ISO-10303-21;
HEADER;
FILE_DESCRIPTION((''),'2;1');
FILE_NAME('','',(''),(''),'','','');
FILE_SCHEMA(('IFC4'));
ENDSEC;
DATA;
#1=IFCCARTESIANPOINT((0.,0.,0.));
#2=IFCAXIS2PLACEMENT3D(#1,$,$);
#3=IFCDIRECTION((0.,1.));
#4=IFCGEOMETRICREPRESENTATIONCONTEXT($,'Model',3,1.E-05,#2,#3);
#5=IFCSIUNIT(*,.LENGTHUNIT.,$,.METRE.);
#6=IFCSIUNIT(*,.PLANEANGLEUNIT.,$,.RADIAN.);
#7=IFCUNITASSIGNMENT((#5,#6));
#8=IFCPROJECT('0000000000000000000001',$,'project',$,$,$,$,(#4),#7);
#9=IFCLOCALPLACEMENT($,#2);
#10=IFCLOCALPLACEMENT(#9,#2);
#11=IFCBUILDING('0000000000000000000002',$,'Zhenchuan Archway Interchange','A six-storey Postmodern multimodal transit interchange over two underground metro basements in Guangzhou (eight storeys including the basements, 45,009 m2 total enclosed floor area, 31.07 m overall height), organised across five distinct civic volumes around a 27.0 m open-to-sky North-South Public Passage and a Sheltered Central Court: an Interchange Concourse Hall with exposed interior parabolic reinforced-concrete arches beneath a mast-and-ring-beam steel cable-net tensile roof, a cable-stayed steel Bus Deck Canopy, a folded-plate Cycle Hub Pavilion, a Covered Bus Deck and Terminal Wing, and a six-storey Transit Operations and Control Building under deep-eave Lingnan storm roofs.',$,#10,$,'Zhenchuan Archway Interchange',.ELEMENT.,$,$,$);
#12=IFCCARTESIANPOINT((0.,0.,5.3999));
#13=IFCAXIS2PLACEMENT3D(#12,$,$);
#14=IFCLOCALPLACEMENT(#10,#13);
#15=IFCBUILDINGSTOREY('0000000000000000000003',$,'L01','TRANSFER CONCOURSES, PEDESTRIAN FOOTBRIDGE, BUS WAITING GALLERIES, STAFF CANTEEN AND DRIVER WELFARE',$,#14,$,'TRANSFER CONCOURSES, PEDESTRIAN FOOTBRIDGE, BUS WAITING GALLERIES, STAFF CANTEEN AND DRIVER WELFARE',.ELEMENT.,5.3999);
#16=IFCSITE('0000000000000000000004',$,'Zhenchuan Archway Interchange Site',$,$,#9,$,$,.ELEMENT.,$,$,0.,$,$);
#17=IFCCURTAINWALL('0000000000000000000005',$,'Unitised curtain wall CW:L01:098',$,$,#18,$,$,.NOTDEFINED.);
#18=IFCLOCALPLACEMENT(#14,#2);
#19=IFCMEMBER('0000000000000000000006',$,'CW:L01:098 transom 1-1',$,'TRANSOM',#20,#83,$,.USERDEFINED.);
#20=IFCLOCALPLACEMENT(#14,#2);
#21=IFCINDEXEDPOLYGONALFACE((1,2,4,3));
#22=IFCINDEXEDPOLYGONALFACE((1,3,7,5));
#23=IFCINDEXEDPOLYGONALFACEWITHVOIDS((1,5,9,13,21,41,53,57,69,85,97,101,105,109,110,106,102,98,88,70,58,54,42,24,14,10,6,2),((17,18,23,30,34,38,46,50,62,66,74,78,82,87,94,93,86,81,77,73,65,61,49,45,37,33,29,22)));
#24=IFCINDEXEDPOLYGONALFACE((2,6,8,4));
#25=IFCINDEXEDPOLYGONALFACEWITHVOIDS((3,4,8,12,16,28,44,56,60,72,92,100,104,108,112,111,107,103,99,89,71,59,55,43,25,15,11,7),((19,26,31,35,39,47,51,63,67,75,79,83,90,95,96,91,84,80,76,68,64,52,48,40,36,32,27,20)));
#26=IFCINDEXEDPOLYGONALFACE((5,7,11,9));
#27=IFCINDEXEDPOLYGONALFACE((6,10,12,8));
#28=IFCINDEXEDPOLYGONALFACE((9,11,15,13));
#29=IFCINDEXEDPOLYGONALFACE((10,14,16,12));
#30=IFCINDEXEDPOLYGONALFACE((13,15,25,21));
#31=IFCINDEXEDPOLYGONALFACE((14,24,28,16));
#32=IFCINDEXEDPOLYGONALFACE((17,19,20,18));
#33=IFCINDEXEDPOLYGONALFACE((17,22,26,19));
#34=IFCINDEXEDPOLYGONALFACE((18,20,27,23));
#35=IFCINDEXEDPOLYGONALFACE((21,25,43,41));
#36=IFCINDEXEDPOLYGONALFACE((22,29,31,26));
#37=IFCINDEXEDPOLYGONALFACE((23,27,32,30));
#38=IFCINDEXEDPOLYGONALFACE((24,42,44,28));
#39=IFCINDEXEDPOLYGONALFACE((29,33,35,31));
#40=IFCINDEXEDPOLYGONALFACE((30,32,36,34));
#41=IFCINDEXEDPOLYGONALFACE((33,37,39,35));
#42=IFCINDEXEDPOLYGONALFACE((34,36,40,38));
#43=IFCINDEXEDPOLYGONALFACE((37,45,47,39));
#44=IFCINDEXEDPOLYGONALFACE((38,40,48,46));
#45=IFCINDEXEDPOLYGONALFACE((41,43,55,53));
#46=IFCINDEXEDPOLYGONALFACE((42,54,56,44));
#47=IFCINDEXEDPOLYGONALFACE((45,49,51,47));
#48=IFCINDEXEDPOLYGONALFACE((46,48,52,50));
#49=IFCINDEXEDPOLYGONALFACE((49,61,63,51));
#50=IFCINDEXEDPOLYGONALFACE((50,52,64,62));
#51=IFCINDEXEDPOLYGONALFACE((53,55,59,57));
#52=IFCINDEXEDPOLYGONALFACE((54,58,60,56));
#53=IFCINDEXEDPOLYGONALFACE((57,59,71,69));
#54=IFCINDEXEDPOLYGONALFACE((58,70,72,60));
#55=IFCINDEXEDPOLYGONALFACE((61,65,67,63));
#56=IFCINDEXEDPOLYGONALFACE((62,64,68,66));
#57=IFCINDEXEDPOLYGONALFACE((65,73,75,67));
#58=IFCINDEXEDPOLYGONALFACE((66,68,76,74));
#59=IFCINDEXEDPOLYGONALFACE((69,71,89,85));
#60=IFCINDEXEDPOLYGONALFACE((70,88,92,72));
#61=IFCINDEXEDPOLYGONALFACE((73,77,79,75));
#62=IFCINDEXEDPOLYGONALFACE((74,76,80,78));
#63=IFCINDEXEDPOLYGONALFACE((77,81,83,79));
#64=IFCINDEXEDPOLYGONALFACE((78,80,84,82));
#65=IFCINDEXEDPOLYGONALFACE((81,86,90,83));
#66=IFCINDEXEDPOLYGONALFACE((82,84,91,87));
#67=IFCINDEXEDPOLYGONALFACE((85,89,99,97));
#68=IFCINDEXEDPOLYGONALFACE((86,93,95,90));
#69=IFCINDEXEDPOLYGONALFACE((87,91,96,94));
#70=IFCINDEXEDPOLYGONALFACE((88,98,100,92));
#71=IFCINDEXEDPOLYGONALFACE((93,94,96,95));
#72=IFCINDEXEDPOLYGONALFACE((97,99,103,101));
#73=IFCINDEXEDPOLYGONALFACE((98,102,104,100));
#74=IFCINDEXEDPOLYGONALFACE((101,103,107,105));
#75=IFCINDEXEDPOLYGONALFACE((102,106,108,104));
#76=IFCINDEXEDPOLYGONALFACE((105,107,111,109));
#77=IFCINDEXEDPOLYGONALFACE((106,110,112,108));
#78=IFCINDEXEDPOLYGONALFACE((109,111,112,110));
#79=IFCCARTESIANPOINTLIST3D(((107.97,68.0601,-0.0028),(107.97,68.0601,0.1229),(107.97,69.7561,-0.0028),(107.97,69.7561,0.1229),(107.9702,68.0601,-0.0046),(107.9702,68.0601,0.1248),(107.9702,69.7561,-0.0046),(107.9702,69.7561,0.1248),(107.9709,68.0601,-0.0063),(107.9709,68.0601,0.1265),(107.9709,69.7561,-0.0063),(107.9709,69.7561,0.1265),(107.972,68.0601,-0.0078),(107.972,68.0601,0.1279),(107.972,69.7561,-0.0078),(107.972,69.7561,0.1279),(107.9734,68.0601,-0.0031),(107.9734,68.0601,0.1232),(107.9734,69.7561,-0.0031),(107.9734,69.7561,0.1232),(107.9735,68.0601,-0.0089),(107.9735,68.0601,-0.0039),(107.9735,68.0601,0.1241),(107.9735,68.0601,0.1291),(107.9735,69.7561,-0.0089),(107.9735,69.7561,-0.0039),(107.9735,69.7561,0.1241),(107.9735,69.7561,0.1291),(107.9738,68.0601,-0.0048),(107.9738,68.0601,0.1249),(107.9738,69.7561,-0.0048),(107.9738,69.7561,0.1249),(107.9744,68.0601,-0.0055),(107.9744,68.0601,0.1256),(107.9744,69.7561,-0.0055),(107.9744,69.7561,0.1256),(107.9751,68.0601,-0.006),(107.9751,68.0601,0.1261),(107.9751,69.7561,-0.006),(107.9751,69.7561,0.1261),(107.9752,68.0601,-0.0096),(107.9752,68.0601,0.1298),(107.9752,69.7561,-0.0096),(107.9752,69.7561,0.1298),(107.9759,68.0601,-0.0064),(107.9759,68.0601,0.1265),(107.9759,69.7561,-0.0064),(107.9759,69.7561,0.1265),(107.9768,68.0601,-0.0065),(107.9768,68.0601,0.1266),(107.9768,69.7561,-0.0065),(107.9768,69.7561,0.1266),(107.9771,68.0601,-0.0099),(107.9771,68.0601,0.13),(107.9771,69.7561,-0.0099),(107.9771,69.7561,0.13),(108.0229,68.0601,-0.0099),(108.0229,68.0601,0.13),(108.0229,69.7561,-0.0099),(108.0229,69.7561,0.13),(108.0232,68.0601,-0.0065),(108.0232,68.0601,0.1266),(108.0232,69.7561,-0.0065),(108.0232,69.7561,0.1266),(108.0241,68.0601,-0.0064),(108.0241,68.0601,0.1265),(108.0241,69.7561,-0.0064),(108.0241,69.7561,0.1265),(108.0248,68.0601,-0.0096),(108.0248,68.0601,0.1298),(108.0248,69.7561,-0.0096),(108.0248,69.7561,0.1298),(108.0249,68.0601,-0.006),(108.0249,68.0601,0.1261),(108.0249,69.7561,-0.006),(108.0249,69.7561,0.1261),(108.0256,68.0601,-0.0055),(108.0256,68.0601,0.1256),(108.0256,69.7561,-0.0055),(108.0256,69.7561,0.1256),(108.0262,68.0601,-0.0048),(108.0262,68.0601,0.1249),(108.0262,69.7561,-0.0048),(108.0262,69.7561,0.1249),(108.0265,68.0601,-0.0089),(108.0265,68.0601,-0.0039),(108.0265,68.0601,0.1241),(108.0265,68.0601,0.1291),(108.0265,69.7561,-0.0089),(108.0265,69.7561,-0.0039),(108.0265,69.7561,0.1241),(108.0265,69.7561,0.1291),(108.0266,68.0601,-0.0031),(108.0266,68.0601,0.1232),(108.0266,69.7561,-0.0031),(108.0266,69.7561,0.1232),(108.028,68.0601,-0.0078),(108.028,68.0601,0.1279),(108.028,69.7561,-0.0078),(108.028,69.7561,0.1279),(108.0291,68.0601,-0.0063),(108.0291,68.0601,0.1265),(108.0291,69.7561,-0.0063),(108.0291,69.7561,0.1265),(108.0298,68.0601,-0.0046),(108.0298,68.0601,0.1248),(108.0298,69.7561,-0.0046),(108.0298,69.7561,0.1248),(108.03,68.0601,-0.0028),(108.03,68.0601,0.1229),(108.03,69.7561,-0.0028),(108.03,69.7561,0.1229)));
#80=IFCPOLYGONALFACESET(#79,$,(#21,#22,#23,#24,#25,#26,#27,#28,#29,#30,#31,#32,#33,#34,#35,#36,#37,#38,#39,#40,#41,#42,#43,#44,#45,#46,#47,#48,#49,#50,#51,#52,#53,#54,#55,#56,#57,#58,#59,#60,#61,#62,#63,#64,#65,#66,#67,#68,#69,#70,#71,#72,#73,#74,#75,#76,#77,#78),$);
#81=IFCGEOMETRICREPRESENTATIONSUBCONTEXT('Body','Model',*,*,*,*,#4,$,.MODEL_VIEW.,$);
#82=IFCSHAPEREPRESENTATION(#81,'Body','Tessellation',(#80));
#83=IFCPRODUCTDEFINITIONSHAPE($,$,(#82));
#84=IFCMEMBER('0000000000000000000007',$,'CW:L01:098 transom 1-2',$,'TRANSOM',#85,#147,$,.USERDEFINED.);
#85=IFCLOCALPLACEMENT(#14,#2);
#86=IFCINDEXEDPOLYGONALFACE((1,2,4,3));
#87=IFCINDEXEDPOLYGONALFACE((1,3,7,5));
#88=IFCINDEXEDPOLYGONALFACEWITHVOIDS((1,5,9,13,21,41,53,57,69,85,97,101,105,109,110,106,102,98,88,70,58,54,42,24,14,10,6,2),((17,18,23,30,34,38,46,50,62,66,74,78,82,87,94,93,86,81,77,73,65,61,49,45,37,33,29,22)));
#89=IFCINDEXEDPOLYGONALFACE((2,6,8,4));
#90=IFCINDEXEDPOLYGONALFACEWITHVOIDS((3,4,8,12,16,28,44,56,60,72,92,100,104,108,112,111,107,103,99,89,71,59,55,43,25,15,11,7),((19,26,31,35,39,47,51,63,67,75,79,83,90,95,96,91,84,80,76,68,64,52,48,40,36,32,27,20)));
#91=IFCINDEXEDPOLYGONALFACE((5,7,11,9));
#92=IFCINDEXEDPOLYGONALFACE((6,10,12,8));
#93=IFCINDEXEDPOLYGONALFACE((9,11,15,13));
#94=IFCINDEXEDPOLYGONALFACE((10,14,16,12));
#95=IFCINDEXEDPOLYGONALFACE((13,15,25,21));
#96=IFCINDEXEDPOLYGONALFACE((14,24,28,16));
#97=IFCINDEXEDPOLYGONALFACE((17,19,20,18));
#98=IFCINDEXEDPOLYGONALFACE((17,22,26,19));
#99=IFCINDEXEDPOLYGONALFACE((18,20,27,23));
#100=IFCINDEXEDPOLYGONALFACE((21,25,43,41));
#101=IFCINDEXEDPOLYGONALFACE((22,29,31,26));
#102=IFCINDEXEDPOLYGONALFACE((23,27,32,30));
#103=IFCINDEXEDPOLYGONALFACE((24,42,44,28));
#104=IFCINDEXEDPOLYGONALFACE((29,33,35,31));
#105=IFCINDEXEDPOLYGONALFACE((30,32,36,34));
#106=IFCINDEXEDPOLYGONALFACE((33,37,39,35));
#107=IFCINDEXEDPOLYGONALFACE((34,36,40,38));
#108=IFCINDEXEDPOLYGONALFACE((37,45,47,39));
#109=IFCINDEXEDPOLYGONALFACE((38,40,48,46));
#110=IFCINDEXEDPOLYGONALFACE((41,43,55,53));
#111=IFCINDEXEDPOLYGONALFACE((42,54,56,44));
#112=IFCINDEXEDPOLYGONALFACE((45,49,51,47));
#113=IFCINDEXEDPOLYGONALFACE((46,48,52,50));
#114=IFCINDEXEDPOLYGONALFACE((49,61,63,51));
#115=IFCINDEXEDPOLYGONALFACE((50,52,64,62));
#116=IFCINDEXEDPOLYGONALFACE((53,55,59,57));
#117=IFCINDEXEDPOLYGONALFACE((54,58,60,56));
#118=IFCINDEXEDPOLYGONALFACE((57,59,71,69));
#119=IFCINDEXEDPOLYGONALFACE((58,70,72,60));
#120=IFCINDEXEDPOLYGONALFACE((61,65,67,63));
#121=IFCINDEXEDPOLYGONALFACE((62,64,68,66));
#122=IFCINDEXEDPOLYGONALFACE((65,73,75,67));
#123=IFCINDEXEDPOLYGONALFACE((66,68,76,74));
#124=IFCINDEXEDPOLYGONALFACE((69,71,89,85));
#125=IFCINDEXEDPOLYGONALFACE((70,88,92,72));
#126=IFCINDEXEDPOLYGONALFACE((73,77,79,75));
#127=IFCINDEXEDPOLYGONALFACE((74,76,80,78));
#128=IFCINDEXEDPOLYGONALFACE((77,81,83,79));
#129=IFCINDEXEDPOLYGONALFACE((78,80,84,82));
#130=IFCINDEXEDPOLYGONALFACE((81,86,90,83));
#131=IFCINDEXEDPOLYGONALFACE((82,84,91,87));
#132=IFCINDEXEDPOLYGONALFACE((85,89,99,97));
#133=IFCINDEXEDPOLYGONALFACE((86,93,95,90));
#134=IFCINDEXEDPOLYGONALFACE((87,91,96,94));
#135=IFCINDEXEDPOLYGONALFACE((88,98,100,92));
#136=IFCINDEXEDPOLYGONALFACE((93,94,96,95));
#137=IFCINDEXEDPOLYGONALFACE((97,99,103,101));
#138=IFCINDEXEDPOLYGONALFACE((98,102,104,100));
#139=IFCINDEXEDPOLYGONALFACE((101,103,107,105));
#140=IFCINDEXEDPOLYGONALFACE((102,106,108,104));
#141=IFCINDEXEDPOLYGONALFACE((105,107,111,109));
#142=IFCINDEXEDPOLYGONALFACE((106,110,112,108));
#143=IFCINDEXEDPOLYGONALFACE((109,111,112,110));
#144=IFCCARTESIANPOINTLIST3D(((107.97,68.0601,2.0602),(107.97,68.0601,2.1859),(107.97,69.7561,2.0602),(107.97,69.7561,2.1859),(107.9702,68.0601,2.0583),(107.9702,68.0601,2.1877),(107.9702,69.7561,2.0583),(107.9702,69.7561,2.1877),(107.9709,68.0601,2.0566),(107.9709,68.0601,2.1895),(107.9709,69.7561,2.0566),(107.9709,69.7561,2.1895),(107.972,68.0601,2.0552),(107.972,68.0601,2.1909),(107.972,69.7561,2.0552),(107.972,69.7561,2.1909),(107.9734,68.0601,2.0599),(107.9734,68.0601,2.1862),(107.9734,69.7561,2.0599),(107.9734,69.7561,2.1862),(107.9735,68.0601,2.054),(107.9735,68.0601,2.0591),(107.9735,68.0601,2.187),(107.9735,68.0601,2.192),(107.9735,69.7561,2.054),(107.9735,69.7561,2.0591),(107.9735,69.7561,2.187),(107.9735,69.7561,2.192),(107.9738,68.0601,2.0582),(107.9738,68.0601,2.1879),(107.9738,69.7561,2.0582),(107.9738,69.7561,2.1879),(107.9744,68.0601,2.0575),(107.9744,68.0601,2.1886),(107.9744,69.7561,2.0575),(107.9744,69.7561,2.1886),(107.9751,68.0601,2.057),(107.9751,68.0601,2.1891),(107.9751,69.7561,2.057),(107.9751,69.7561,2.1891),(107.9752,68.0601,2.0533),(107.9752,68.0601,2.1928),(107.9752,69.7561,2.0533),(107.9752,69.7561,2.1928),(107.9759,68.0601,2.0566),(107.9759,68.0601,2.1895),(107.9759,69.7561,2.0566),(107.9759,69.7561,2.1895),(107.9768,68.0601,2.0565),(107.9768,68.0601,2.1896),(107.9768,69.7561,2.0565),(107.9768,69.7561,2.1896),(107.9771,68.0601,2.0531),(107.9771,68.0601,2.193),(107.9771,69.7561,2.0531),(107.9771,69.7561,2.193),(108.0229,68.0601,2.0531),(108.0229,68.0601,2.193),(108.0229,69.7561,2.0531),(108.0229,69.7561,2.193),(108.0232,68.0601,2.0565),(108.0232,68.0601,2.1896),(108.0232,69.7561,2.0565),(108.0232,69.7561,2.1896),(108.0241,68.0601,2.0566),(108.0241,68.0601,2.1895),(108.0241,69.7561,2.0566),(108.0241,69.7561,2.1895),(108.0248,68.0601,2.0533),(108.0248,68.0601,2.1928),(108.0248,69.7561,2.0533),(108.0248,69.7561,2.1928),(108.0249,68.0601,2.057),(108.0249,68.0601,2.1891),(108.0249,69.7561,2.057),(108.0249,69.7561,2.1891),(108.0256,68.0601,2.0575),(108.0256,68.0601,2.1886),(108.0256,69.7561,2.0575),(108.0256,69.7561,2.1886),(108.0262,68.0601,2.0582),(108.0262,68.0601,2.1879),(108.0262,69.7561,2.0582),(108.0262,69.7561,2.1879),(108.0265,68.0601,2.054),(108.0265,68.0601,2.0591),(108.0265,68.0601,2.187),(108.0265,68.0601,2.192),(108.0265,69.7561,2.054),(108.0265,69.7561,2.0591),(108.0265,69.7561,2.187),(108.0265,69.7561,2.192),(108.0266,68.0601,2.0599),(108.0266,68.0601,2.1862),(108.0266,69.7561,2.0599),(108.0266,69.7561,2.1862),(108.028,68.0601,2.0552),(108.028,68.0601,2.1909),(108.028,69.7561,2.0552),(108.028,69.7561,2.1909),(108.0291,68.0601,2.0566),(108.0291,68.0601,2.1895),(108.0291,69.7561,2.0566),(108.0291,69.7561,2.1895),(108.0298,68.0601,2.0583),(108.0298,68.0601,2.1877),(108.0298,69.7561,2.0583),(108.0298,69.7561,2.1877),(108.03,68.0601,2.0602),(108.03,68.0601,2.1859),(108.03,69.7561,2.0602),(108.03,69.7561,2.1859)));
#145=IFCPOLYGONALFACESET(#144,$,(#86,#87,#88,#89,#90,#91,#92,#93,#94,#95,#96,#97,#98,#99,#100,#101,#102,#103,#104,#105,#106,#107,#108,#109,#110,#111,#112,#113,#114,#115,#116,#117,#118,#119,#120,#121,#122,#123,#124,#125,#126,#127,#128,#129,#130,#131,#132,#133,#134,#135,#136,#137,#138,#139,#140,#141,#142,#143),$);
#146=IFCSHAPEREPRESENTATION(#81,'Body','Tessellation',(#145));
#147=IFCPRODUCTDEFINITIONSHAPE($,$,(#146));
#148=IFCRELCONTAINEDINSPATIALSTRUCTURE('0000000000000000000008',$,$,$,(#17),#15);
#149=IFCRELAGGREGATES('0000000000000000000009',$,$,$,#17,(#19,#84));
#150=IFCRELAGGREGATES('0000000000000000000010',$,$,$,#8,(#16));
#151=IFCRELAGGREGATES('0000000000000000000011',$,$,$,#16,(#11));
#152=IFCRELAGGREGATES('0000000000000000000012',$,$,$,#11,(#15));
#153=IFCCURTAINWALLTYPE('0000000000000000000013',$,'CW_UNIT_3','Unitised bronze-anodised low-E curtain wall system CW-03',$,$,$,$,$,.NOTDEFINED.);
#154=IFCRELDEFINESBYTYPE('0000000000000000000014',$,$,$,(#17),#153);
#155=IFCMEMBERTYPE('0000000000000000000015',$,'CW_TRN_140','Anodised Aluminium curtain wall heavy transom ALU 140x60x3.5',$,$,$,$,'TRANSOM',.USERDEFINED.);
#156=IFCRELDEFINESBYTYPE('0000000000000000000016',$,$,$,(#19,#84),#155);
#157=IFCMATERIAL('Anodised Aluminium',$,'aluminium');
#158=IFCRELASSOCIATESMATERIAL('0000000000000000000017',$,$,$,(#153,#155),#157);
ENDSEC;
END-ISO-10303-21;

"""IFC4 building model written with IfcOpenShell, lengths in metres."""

from ifc_helpers import new_model, si_unit, direction, frame, origin, origin_2d, place, context, subcontext, project, spatial, hollow_rectangle, extrude, material, material_profile, profile_set, type_object, element, aggregate, save


model = new_model("IFC4")

# Units and contexts
model_context = context("Model", 3, precision=1e-05, world=origin(), true_north=direction((0.0, 1.0)))
body_context = subcontext(model_context, "Body", "Model", "MODEL_VIEW")
ifc_project = project(units=[si_unit("LENGTHUNIT", "METRE"), si_unit("PLANEANGLEUNIT", "RADIAN")], contexts=[model_context])

# Site, building, storey
site_placement = place(None, origin())
site = spatial("IfcSite", under=ifc_project, at=site_placement, Name="Zhenchuan Archway Interchange Site", CompositionType="ELEMENT", RefElevation=0.0)
building_placement = place(site_placement, origin())
building = spatial("IfcBuilding", under=site, at=building_placement, Name="Zhenchuan Archway Interchange", Description="A six-storey Postmodern multimodal transit interchange over two underground metro basements in Guangzhou (eight storeys including the basements, 45,009 m2 total enclosed floor area, 31.07 m overall height), organised across five distinct civic volumes around a 27.0 m open-to-sky North-South Public Passage and a Sheltered Central Court: an Interchange Concourse Hall with exposed interior parabolic reinforced-concrete arches beneath a mast-and-ring-beam steel cable-net tensile roof, a cable-stayed steel Bus Deck Canopy, a folded-plate Cycle Hub Pavilion, a Covered Bus Deck and Terminal Wing, and a six-storey Transit Operations and Control Building under deep-eave Lingnan storm roofs.", LongName="Zhenchuan Archway Interchange", CompositionType="ELEMENT")
storey_placement = place(building_placement, frame((0.0, 0.0, 5.3999)))
storey = spatial("IfcBuildingStorey", under=building, at=storey_placement, Name="L01", Description="TRANSFER CONCOURSES, PEDESTRIAN FOOTBRIDGE, BUS WAITING GALLERIES, STAFF CANTEEN AND DRIVER WELFARE", LongName="TRANSFER CONCOURSES, PEDESTRIAN FOOTBRIDGE, BUS WAITING GALLERIES, STAFF CANTEEN AND DRIVER WELFARE", CompositionType="ELEMENT", Elevation=5.3999)

# Curtain wall, members
ifc_material_1 = material(Name="Anodised Aluminium", Category="aluminium")
curtain_wall_type = type_object("IfcCurtainWallType", Name="CW_UNIT_3", Description="Unitised bronze-anodised low-E curtain wall system CW-03", PredefinedType="NOTDEFINED", material=ifc_material_1)
curtain_wall_placement = place(storey_placement, origin())
curtain_wall = element("IfcCurtainWall", 1, at=curtain_wall_placement, inside=storey, type_object=curtain_wall_type, Name="Unitised curtain wall CW:L01:098", PredefinedType="NOTDEFINED")
ifc_material_profile_1 = material_profile(ifc_material_1, hollow_rectangle(XDim=0.0601, YDim=0.1399, WallThickness=0.0034, InnerFilletRadius=0.0034, OuterFilletRadius=0.0071, at=origin_2d()), Name="ALU 140x60x3.5")
ifc_profile_set_1 = profile_set([ifc_material_profile_1], Name="Anodised Aluminium")
member_type_1 = type_object("IfcMemberType", Name="CW_TRN_140", Description="Anodised Aluminium curtain wall heavy transom ALU 140x60x3.5", ElementType="TRANSOM", PredefinedType="USERDEFINED", material=ifc_profile_set_1)
member_1_placement = place(storey_placement, frame((108.0, 69.7561, 0.0601), z_axis=(0.0, -1.0, 0.0), x_axis=(1.0, 0.0, 0.0)))
member_1 = element("IfcMember", 2, at=member_1_placement, type_object=member_type_1, Name="CW:L01:098 transom 1-1", ObjectType="TRANSOM", PredefinedType="USERDEFINED", context=body_context, shape_type="SweptSolid", body=[
    extrude(hollow_rectangle(XDim=0.0601, YDim=0.1399, WallThickness=0.0034, InnerFilletRadius=0.0034, OuterFilletRadius=0.0071, at=origin_2d()), origin(), (0.0, 0.0, 1.0), 1.696),
])
member_2_placement = place(storey_placement, frame((108.0, 69.7561, 2.123), z_axis=(0.0, -1.0, 0.0), x_axis=(1.0, 0.0, 0.0)))
member_2 = element("IfcMember", 3, at=member_2_placement, type_object=member_type_1, Name="CW:L01:098 transom 1-2", ObjectType="TRANSOM", PredefinedType="USERDEFINED", context=body_context, shape_type="SweptSolid", body=[
    extrude(hollow_rectangle(XDim=0.0601, YDim=0.1399, WallThickness=0.0034, InnerFilletRadius=0.0034, OuterFilletRadius=0.0071, at=origin_2d()), origin(), (0.0, 0.0, 1.0), 1.696),
])

aggregate(curtain_wall, [member_1, member_2])

save(model, "model.ifc")
